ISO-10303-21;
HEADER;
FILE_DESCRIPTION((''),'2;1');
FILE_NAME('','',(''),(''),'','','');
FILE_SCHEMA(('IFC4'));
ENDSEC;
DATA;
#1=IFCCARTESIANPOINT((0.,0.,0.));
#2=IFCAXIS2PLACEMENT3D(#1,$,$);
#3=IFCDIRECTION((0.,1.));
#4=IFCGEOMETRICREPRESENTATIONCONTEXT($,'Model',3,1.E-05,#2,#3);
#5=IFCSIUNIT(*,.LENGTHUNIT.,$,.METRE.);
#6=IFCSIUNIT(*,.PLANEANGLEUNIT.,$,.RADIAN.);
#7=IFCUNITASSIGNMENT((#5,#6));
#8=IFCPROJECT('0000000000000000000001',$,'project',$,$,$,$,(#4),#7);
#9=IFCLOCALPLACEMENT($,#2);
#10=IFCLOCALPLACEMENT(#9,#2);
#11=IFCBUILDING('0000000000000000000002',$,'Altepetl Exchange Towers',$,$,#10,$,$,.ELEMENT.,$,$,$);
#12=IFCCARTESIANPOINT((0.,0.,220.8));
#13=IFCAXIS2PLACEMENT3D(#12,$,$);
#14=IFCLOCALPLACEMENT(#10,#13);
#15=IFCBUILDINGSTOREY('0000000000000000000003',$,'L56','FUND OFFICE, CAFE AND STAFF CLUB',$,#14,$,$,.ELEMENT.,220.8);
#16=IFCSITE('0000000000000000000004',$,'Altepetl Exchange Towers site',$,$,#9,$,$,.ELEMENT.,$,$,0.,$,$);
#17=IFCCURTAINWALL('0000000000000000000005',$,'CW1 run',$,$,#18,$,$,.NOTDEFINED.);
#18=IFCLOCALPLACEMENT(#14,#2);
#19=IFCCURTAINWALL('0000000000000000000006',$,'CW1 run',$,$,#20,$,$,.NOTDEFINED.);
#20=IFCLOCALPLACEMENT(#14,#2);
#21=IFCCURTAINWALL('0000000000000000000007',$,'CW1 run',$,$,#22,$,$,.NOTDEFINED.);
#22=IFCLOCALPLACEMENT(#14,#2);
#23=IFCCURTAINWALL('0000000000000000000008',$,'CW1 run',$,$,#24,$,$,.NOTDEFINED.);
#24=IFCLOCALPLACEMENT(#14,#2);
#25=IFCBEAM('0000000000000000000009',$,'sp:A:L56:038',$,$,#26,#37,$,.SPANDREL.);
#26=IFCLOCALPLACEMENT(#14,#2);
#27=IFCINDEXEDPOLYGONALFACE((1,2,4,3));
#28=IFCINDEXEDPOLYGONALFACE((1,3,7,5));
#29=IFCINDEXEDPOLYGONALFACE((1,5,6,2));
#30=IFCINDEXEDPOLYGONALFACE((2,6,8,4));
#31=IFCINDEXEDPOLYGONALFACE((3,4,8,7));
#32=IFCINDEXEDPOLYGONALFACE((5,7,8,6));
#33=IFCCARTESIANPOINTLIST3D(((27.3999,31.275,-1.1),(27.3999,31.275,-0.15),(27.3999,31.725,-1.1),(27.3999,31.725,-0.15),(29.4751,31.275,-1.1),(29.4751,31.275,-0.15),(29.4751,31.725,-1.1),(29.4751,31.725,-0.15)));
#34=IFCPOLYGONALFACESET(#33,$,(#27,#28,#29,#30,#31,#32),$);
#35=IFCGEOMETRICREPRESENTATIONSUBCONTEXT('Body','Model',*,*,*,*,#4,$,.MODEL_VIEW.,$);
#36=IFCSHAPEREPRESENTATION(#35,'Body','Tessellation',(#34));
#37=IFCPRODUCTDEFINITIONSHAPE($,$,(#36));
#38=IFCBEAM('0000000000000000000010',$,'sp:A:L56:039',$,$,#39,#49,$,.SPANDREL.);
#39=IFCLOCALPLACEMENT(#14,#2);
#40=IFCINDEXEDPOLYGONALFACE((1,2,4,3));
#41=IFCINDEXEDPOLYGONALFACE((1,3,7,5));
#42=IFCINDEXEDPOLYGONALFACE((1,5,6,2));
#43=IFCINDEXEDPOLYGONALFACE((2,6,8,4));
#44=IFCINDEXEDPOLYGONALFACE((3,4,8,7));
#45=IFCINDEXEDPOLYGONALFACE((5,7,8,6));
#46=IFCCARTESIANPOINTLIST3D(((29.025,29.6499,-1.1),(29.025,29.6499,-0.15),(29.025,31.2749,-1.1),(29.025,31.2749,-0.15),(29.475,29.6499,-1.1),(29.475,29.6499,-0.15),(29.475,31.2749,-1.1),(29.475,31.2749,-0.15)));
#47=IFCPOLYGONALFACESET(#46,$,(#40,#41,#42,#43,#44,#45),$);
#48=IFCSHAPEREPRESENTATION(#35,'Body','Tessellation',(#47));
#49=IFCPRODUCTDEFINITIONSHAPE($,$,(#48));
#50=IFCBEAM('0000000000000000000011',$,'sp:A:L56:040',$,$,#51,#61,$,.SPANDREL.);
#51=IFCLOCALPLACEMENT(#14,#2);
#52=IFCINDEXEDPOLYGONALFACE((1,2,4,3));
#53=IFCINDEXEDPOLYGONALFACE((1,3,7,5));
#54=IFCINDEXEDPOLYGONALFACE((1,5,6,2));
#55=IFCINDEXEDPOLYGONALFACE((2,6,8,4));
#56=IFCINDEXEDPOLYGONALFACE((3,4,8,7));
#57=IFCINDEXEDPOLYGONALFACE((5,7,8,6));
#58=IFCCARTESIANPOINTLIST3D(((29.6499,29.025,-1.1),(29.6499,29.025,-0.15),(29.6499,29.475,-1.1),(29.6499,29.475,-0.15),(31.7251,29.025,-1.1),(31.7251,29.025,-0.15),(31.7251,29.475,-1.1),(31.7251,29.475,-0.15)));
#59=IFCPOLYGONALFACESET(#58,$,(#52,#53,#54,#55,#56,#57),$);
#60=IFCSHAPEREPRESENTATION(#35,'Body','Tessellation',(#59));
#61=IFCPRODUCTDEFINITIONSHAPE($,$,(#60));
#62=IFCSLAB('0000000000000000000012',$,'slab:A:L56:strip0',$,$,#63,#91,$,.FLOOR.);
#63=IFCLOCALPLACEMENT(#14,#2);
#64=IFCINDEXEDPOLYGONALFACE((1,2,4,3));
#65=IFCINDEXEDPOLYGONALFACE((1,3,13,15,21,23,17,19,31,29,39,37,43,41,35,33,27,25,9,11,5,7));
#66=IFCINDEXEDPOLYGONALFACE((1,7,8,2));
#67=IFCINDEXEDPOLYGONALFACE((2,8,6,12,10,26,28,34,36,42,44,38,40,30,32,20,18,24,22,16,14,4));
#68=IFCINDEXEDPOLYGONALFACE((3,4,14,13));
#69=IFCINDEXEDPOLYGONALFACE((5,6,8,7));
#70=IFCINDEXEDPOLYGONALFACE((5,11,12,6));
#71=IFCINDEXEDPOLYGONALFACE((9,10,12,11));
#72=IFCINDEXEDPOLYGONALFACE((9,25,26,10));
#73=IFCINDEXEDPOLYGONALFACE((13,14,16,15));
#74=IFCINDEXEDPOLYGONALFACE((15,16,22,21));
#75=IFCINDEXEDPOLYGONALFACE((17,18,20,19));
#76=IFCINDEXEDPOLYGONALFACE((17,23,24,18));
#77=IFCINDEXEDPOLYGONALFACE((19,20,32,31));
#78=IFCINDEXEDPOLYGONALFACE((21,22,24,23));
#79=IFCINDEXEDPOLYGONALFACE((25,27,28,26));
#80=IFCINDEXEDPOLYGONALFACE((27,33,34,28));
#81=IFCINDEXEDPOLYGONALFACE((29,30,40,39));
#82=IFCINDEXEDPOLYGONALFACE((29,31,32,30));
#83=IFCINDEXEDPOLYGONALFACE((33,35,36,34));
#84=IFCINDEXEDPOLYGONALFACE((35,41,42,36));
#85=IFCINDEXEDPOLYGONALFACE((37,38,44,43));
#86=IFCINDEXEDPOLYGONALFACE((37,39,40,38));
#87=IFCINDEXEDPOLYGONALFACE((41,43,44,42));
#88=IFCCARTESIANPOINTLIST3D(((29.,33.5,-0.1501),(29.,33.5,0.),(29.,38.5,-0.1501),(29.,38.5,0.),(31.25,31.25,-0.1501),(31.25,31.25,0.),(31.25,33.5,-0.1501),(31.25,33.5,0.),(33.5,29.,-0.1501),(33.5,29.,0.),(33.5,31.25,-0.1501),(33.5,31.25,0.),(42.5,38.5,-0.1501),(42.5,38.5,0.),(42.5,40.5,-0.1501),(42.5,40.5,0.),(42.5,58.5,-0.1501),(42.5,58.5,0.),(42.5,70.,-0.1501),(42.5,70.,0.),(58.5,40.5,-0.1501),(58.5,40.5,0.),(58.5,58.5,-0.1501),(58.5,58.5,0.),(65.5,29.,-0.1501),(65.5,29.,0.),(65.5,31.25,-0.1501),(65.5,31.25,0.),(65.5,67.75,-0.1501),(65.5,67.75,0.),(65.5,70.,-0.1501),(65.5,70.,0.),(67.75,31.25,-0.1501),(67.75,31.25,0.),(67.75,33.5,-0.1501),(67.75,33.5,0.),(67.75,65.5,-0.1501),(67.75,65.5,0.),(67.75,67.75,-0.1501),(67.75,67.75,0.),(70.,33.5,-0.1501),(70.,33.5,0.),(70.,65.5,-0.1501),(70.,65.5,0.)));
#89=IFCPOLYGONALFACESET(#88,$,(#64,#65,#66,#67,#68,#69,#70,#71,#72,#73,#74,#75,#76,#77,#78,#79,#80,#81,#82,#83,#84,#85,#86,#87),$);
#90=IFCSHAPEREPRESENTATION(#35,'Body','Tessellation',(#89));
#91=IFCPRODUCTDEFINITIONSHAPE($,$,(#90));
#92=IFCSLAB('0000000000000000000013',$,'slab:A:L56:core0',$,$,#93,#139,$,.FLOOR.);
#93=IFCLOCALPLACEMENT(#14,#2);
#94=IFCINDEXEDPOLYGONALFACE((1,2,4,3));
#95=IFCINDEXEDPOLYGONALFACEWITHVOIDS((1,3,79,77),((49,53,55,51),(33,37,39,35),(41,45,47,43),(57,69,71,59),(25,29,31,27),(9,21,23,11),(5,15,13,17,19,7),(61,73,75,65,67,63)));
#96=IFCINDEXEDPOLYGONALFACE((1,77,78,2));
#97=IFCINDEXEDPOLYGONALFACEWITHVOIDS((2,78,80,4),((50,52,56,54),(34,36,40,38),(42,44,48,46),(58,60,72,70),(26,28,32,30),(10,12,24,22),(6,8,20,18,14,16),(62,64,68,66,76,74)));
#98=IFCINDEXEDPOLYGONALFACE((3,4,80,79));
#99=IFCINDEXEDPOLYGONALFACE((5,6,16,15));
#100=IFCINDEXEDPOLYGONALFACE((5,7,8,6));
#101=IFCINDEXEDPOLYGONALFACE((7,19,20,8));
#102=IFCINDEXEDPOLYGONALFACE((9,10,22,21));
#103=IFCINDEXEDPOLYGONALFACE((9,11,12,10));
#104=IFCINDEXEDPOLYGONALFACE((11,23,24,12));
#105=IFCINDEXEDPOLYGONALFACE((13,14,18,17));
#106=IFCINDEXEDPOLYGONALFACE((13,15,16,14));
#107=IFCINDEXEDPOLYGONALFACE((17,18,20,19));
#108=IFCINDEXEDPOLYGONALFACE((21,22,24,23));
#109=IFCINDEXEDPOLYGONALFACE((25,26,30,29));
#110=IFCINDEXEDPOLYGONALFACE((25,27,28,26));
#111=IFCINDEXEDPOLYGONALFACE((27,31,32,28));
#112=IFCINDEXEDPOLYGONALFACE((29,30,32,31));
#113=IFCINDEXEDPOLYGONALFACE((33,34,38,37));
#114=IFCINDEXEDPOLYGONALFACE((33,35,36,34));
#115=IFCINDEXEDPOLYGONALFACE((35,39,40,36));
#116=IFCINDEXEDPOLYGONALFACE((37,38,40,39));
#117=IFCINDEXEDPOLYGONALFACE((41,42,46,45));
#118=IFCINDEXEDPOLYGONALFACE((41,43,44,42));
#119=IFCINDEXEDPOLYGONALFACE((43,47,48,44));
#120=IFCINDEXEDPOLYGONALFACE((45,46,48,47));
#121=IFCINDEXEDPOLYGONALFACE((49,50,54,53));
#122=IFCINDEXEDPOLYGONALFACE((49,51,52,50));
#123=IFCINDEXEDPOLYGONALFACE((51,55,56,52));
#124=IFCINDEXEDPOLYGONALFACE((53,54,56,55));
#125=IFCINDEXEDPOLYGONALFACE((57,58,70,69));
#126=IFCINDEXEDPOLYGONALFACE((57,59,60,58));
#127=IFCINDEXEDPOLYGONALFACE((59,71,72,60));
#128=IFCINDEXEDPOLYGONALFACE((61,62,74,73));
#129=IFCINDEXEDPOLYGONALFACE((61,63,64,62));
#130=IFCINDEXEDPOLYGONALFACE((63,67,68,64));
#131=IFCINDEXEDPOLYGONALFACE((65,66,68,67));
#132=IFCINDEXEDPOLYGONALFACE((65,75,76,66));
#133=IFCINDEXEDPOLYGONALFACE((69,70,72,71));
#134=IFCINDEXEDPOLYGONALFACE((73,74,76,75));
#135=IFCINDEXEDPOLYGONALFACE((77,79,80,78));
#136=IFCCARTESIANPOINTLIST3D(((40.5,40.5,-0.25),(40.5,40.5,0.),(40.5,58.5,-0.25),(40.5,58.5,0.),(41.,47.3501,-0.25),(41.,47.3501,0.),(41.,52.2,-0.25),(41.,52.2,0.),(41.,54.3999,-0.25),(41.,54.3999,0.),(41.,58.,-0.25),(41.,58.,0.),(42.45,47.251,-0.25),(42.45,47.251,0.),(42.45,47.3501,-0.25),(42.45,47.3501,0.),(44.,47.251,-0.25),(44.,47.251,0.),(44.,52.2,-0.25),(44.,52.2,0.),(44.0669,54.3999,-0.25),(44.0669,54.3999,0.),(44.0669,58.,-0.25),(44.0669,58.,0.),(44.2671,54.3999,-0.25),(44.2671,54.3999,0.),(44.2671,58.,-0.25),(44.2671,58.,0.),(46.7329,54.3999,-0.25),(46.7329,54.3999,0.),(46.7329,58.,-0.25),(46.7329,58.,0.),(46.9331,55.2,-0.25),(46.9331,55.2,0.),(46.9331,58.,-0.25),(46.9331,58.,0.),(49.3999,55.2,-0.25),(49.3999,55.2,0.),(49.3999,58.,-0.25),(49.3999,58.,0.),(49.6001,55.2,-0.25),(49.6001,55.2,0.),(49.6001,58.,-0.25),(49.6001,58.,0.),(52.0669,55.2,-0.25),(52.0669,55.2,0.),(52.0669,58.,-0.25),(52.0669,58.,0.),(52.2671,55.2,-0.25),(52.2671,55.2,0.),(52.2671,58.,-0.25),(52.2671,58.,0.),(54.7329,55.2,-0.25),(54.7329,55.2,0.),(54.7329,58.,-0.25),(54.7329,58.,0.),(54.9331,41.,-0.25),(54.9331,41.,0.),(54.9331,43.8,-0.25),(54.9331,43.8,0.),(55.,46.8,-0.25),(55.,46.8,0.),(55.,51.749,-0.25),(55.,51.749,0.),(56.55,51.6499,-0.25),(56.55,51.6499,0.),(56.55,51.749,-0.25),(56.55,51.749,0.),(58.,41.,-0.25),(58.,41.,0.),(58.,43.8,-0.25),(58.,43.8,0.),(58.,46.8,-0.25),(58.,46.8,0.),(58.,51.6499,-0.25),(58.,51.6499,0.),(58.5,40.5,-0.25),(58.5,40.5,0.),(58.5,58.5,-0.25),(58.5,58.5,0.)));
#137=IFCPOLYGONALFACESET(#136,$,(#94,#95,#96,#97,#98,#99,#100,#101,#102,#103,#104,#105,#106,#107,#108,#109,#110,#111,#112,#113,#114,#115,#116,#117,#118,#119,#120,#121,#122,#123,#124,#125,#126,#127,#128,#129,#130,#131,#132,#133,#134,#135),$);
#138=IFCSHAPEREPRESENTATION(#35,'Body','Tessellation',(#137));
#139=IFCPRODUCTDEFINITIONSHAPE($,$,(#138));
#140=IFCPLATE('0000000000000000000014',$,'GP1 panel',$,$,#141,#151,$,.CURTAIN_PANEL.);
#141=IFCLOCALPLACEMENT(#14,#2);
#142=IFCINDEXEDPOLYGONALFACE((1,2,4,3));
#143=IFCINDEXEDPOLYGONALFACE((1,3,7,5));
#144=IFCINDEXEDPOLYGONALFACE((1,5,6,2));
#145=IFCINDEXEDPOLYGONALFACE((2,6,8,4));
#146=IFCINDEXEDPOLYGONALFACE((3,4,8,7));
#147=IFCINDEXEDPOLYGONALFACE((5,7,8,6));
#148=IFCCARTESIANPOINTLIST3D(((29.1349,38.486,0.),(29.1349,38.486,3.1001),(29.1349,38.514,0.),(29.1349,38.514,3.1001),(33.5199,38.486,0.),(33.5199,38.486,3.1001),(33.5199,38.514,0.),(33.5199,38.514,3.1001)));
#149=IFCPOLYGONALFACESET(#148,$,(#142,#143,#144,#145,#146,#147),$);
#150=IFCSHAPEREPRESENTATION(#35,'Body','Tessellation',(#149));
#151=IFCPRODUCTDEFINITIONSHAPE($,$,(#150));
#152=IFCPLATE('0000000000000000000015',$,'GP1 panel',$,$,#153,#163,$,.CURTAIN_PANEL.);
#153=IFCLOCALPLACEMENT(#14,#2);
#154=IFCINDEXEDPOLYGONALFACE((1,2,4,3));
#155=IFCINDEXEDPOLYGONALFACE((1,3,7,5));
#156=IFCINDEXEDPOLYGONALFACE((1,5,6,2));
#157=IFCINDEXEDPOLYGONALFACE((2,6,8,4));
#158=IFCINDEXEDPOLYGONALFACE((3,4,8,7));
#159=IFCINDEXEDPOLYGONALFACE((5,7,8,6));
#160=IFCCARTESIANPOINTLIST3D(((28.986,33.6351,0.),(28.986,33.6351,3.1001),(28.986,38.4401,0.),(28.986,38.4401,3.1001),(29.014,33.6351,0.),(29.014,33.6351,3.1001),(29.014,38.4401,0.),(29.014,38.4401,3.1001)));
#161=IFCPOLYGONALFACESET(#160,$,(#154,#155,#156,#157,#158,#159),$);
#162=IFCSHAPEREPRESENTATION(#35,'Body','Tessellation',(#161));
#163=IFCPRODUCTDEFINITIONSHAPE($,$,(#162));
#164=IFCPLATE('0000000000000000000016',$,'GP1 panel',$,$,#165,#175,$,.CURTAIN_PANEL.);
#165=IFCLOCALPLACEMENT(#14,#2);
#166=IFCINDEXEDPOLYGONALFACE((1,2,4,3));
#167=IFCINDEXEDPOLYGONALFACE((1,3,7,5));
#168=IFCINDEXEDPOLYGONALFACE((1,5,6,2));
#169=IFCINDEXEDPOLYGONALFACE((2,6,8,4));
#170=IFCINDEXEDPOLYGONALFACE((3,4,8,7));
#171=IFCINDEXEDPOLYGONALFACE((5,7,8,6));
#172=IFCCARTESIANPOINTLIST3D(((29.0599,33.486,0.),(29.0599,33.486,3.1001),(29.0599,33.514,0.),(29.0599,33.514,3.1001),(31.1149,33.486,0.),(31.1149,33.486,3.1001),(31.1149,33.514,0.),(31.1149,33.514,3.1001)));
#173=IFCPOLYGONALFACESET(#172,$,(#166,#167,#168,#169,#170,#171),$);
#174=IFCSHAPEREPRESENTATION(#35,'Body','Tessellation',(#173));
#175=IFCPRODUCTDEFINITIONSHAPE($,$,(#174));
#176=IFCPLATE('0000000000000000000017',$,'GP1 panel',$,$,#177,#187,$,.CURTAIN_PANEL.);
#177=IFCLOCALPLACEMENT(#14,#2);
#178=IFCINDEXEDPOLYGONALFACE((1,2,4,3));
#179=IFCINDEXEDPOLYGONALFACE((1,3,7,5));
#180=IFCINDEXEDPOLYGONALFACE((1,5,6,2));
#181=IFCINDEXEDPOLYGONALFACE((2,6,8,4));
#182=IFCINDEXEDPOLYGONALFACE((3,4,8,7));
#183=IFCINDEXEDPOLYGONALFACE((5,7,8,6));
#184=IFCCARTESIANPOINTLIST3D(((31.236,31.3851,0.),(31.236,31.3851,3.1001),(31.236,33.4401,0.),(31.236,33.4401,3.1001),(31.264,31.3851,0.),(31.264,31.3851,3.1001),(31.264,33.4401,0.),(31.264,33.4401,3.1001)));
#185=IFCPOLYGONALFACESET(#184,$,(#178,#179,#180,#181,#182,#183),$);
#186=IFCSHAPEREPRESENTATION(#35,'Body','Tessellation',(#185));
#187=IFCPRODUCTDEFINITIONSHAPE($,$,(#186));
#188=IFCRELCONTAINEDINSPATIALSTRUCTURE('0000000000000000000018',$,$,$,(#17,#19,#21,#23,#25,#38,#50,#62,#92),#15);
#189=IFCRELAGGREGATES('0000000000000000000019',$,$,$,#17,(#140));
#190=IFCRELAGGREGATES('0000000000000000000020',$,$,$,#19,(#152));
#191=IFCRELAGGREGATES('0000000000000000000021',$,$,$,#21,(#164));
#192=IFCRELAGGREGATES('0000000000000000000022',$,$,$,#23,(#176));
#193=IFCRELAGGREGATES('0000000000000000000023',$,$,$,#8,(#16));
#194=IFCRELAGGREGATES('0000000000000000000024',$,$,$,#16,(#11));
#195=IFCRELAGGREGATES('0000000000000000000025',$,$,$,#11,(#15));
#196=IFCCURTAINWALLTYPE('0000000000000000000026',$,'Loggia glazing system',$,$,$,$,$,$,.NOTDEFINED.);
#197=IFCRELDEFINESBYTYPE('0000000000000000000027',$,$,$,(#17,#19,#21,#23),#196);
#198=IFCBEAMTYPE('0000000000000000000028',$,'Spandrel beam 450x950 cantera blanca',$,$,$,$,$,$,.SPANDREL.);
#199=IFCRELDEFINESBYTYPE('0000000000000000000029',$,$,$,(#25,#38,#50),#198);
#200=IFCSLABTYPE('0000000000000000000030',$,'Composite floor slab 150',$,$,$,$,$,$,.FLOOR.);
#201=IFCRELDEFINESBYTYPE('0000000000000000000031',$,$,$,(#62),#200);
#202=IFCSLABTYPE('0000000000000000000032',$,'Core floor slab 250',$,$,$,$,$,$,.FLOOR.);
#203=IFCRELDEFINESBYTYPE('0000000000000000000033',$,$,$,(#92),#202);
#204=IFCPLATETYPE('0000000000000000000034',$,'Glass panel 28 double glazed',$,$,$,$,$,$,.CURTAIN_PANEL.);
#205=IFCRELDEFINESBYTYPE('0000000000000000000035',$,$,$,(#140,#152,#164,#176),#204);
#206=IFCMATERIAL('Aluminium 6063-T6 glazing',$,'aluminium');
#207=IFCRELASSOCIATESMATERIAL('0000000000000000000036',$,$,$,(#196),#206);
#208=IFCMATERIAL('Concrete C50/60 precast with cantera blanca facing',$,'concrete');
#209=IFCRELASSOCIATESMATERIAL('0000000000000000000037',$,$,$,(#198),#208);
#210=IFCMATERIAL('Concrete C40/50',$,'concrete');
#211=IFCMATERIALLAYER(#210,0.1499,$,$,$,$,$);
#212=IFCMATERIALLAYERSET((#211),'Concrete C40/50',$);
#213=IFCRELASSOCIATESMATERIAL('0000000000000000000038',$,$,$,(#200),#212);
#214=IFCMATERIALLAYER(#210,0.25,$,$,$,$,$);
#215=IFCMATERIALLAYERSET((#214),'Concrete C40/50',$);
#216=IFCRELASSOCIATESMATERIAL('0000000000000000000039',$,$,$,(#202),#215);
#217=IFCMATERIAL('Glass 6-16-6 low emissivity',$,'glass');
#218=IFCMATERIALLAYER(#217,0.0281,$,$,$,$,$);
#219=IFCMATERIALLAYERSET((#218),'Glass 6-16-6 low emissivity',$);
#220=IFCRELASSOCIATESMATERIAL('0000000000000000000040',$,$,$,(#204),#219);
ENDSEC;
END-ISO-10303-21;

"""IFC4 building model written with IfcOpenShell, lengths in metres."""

from ifc_helpers import new_model, si_unit, direction, frame, origin, origin_2d, place, context, subcontext, project, spatial, polyline, rectangle, outline, extrude, material, layer, layer_set, material_profile, profile_set, type_object, element, aggregate, save


model = new_model("IFC4")

# Units and contexts
model_context = context("Model", 3, precision=1e-05, world=origin(), true_north=direction((0.0, 1.0)))
body_context = subcontext(model_context, "Body", "Model", "MODEL_VIEW")
ifc_project = project(units=[si_unit("LENGTHUNIT", "METRE"), si_unit("PLANEANGLEUNIT", "RADIAN")], contexts=[model_context])

# Site, building, storey
site_placement = place(None, origin())
site = spatial("IfcSite", under=ifc_project, at=site_placement, Name="Altepetl Exchange Towers site", CompositionType="ELEMENT", RefElevation=0.0)
building_placement = place(site_placement, origin())
building = spatial("IfcBuilding", under=site, at=building_placement, Name="Altepetl Exchange Towers", CompositionType="ELEMENT")
storey_placement = place(building_placement, frame((0.0, 0.0, 220.8)))
storey = spatial("IfcBuildingStorey", under=building, at=storey_placement, Name="L56", Description="FUND OFFICE, CAFE AND STAFF CLUB", CompositionType="ELEMENT", Elevation=220.8)

# Curtain wall
ifc_material_1 = material(Name="Aluminium 6063-T6 glazing", Category="aluminium")
curtain_wall_type = type_object("IfcCurtainWallType", Name="Loggia glazing system", PredefinedType="NOTDEFINED", material=ifc_material_1)
curtain_wall_1_placement = place(storey_placement, origin())
curtain_wall_1 = element("IfcCurtainWall", 1, at=curtain_wall_1_placement, inside=storey, type_object=curtain_wall_type, Name="CW1 run", PredefinedType="NOTDEFINED")

# Curtain walls
curtain_wall_2_placement = place(storey_placement, origin())
curtain_wall_2 = element("IfcCurtainWall", 2, at=curtain_wall_2_placement, inside=storey, type_object=curtain_wall_type, Name="CW1 run", PredefinedType="NOTDEFINED")
curtain_wall_3_placement = place(storey_placement, origin())
curtain_wall_3 = element("IfcCurtainWall", 3, at=curtain_wall_3_placement, inside=storey, type_object=curtain_wall_type, Name="CW1 run", PredefinedType="NOTDEFINED")
curtain_wall_4_placement = place(storey_placement, origin())
curtain_wall_4 = element("IfcCurtainWall", 4, at=curtain_wall_4_placement, inside=storey, type_object=curtain_wall_type, Name="CW1 run", PredefinedType="NOTDEFINED")

# Beams
ifc_material_2 = material(Name="Concrete C50/60 precast with cantera blanca facing", Category="concrete")
ifc_material_profile_1 = material_profile(ifc_material_2, rectangle(XDim=0.45, YDim=0.95, at=origin_2d()), Name="450 x 950")
ifc_profile_set_1 = profile_set([ifc_material_profile_1], Name="Concrete C50/60 precast with cantera blanca facing")
beam_type = type_object("IfcBeamType", Name="Spandrel beam 450x950 cantera blanca", PredefinedType="SPANDREL", material=ifc_profile_set_1)
beam_1_placement = place(storey_placement, frame((27.3999, 31.5, -0.625), z_axis=(1.0, 0.0, 0.0), x_axis=(0.0, 1.0, 0.0)))
element("IfcBeam", 5, at=beam_1_placement, inside=storey, type_object=beam_type, Name="sp:A:L56:038", PredefinedType="SPANDREL", context=body_context, shape_type="SweptSolid", body=[
    extrude(rectangle(XDim=0.45, YDim=0.95, at=origin_2d()), origin(), (0.0, 0.0, 1.0), 2.0752),
])
beam_2_placement = place(storey_placement, frame((29.25, 31.2749, -0.625), z_axis=(0.0, -1.0, 0.0), x_axis=(1.0, 0.0, 0.0)))
element("IfcBeam", 6, at=beam_2_placement, inside=storey, type_object=beam_type, Name="sp:A:L56:039", PredefinedType="SPANDREL", context=body_context, shape_type="SweptSolid", body=[
    extrude(rectangle(XDim=0.45, YDim=0.95, at=origin_2d()), origin(), (0.0, 0.0, 1.0), 1.625),
])
beam_3_placement = place(storey_placement, frame((29.6499, 29.25, -0.625), z_axis=(1.0, 0.0, 0.0), x_axis=(0.0, 1.0, 0.0)))
element("IfcBeam", 7, at=beam_3_placement, inside=storey, type_object=beam_type, Name="sp:A:L56:040", PredefinedType="SPANDREL", context=body_context, shape_type="SweptSolid", body=[
    extrude(rectangle(XDim=0.45, YDim=0.95, at=origin_2d()), origin(), (0.0, 0.0, 1.0), 2.0752),
])

# Slabs
ifc_material_3 = material(Name="Concrete C40/50", Category="concrete")
ifc_layer_1 = layer(ifc_material_3, 0.1499)
ifc_layer_set_1 = layer_set([ifc_layer_1], Name="Concrete C40/50")
slab_type_1 = type_object("IfcSlabType", Name="Composite floor slab 150", PredefinedType="FLOOR", material=ifc_layer_set_1)
slab_1_placement = place(storey_placement, frame((0.0, 0.0, -0.1501)))
element("IfcSlab", 8, at=slab_1_placement, inside=storey, type_object=slab_type_1, Name="slab:A:L56:strip0", PredefinedType="FLOOR", context=body_context, shape_type="SweptSolid", body=[
    extrude(outline(polyline([(42.5, 70.0), (42.5, 58.5), (58.5, 58.5), (58.5, 40.5), (42.5, 40.5), (42.5, 38.5), (29.0, 38.5), (29.0, 33.5), (31.25, 33.5), (31.25, 31.25), (33.5, 31.25), (33.5, 29.0), (65.5, 29.0), (65.5, 31.25), (67.75, 31.25), (67.75, 33.5), (70.0, 33.5), (70.0, 65.5), (67.75, 65.5), (67.75, 67.75), (65.5, 67.75), (65.5, 70.0), (42.5, 70.0)])), origin(), (0.0, 0.0, 1.0), 0.1501),
])
ifc_layer_2 = layer(ifc_material_3, 0.25)
ifc_layer_set_2 = layer_set([ifc_layer_2], Name="Concrete C40/50")
slab_type_2 = type_object("IfcSlabType", Name="Core floor slab 250", PredefinedType="FLOOR", material=ifc_layer_set_2)
slab_2_placement = place(storey_placement, frame((0.0, 0.0, -0.25)))
element("IfcSlab", 9, at=slab_2_placement, inside=storey, type_object=slab_type_2, Name="slab:A:L56:core0", PredefinedType="FLOOR", context=body_context, shape_type="SweptSolid", body=[
    extrude(outline(polyline([(40.5, 40.5), (58.5, 40.5), (58.5, 58.5), (40.5, 58.5), (40.5, 40.5)]), holes=[polyline([(54.9331, 43.8), (58.0, 43.8), (58.0, 41.0), (54.9331, 41.0), (54.9331, 43.8)]), polyline([(55.0, 51.749), (56.55, 51.749), (56.55, 51.6499), (58.0, 51.6499), (58.0, 46.8), (55.0, 46.8), (55.0, 51.749)]), polyline([(44.0, 47.251), (42.45, 47.251), (42.45, 47.3501), (41.0, 47.3501), (41.0, 52.2), (44.0, 52.2), (44.0, 47.251)]), polyline([(41.0, 58.0), (44.0669, 58.0), (44.0669, 54.3999), (41.0, 54.3999), (41.0, 58.0)]), polyline([(44.2671, 58.0), (46.7329, 58.0), (46.7329, 54.3999), (44.2671, 54.3999), (44.2671, 58.0)]), polyline([(46.9331, 58.0), (49.3999, 58.0), (49.3999, 55.2), (46.9331, 55.2), (46.9331, 58.0)]), polyline([(49.6001, 58.0), (52.0669, 58.0), (52.0669, 55.2), (49.6001, 55.2), (49.6001, 58.0)]), polyline([(52.2671, 58.0), (54.7329, 58.0), (54.7329, 55.2), (52.2671, 55.2), (52.2671, 58.0)])]), origin(), (0.0, 0.0, 1.0), 0.25),
])

# Plates
ifc_material_4 = material(Name="Glass 6-16-6 low emissivity", Category="glass")
ifc_layer_3 = layer(ifc_material_4, 0.0281)
ifc_layer_set_3 = layer_set([ifc_layer_3], Name="Glass 6-16-6 low emissivity")
plate_type = type_object("IfcPlateType", Name="Glass panel 28 double glazed", PredefinedType="CURTAIN_PANEL", material=ifc_layer_set_3)
plate_1_placement = place(storey_placement, frame((31.3274, 38.5, 0.0), z_axis=(0.0, 0.0, 1.0), x_axis=(-1.0, 0.0, 0.0)))
plate_1 = element("IfcPlate", 10, at=plate_1_placement, type_object=plate_type, Name="GP1 panel", PredefinedType="CURTAIN_PANEL", context=body_context, shape_type="SweptSolid", body=[
    extrude(rectangle(XDim=4.385, YDim=0.0281, at=origin_2d()), origin(), (0.0, 0.0, 1.0), 3.1001),
])
aggregate(curtain_wall_1, [plate_1])
plate_2_placement = place(storey_placement, frame((29.0, 36.0376, 0.0), z_axis=(0.0, 0.0, 1.0), x_axis=(0.0, -1.0, 0.0)))
plate_2 = element("IfcPlate", 11, at=plate_2_placement, type_object=plate_type, Name="GP1 panel", PredefinedType="CURTAIN_PANEL", context=body_context, shape_type="SweptSolid", body=[
    extrude(rectangle(XDim=4.8049, YDim=0.0281, at=origin_2d()), origin(), (0.0, 0.0, 1.0), 3.1001),
])
aggregate(curtain_wall_2, [plate_2])
plate_3_placement = place(storey_placement, frame((30.0874, 33.5, 0.0)))
plate_3 = element("IfcPlate", 12, at=plate_3_placement, type_object=plate_type, Name="GP1 panel", PredefinedType="CURTAIN_PANEL", context=body_context, shape_type="SweptSolid", body=[
    extrude(rectangle(XDim=2.0549, YDim=0.0281, at=origin_2d()), origin(), (0.0, 0.0, 1.0), 3.1001),
])
aggregate(curtain_wall_3, [plate_3])
plate_4_placement = place(storey_placement, frame((31.25, 32.4126, 0.0), z_axis=(0.0, 0.0, 1.0), x_axis=(0.0, -1.0, 0.0)))
plate_4 = element("IfcPlate", 13, at=plate_4_placement, type_object=plate_type, Name="GP1 panel", PredefinedType="CURTAIN_PANEL", context=body_context, shape_type="SweptSolid", body=[
    extrude(rectangle(XDim=2.0549, YDim=0.0281, at=origin_2d()), origin(), (0.0, 0.0, 1.0), 3.1001),
])
aggregate(curtain_wall_4, [plate_4])

save(model, "model.ifc")
